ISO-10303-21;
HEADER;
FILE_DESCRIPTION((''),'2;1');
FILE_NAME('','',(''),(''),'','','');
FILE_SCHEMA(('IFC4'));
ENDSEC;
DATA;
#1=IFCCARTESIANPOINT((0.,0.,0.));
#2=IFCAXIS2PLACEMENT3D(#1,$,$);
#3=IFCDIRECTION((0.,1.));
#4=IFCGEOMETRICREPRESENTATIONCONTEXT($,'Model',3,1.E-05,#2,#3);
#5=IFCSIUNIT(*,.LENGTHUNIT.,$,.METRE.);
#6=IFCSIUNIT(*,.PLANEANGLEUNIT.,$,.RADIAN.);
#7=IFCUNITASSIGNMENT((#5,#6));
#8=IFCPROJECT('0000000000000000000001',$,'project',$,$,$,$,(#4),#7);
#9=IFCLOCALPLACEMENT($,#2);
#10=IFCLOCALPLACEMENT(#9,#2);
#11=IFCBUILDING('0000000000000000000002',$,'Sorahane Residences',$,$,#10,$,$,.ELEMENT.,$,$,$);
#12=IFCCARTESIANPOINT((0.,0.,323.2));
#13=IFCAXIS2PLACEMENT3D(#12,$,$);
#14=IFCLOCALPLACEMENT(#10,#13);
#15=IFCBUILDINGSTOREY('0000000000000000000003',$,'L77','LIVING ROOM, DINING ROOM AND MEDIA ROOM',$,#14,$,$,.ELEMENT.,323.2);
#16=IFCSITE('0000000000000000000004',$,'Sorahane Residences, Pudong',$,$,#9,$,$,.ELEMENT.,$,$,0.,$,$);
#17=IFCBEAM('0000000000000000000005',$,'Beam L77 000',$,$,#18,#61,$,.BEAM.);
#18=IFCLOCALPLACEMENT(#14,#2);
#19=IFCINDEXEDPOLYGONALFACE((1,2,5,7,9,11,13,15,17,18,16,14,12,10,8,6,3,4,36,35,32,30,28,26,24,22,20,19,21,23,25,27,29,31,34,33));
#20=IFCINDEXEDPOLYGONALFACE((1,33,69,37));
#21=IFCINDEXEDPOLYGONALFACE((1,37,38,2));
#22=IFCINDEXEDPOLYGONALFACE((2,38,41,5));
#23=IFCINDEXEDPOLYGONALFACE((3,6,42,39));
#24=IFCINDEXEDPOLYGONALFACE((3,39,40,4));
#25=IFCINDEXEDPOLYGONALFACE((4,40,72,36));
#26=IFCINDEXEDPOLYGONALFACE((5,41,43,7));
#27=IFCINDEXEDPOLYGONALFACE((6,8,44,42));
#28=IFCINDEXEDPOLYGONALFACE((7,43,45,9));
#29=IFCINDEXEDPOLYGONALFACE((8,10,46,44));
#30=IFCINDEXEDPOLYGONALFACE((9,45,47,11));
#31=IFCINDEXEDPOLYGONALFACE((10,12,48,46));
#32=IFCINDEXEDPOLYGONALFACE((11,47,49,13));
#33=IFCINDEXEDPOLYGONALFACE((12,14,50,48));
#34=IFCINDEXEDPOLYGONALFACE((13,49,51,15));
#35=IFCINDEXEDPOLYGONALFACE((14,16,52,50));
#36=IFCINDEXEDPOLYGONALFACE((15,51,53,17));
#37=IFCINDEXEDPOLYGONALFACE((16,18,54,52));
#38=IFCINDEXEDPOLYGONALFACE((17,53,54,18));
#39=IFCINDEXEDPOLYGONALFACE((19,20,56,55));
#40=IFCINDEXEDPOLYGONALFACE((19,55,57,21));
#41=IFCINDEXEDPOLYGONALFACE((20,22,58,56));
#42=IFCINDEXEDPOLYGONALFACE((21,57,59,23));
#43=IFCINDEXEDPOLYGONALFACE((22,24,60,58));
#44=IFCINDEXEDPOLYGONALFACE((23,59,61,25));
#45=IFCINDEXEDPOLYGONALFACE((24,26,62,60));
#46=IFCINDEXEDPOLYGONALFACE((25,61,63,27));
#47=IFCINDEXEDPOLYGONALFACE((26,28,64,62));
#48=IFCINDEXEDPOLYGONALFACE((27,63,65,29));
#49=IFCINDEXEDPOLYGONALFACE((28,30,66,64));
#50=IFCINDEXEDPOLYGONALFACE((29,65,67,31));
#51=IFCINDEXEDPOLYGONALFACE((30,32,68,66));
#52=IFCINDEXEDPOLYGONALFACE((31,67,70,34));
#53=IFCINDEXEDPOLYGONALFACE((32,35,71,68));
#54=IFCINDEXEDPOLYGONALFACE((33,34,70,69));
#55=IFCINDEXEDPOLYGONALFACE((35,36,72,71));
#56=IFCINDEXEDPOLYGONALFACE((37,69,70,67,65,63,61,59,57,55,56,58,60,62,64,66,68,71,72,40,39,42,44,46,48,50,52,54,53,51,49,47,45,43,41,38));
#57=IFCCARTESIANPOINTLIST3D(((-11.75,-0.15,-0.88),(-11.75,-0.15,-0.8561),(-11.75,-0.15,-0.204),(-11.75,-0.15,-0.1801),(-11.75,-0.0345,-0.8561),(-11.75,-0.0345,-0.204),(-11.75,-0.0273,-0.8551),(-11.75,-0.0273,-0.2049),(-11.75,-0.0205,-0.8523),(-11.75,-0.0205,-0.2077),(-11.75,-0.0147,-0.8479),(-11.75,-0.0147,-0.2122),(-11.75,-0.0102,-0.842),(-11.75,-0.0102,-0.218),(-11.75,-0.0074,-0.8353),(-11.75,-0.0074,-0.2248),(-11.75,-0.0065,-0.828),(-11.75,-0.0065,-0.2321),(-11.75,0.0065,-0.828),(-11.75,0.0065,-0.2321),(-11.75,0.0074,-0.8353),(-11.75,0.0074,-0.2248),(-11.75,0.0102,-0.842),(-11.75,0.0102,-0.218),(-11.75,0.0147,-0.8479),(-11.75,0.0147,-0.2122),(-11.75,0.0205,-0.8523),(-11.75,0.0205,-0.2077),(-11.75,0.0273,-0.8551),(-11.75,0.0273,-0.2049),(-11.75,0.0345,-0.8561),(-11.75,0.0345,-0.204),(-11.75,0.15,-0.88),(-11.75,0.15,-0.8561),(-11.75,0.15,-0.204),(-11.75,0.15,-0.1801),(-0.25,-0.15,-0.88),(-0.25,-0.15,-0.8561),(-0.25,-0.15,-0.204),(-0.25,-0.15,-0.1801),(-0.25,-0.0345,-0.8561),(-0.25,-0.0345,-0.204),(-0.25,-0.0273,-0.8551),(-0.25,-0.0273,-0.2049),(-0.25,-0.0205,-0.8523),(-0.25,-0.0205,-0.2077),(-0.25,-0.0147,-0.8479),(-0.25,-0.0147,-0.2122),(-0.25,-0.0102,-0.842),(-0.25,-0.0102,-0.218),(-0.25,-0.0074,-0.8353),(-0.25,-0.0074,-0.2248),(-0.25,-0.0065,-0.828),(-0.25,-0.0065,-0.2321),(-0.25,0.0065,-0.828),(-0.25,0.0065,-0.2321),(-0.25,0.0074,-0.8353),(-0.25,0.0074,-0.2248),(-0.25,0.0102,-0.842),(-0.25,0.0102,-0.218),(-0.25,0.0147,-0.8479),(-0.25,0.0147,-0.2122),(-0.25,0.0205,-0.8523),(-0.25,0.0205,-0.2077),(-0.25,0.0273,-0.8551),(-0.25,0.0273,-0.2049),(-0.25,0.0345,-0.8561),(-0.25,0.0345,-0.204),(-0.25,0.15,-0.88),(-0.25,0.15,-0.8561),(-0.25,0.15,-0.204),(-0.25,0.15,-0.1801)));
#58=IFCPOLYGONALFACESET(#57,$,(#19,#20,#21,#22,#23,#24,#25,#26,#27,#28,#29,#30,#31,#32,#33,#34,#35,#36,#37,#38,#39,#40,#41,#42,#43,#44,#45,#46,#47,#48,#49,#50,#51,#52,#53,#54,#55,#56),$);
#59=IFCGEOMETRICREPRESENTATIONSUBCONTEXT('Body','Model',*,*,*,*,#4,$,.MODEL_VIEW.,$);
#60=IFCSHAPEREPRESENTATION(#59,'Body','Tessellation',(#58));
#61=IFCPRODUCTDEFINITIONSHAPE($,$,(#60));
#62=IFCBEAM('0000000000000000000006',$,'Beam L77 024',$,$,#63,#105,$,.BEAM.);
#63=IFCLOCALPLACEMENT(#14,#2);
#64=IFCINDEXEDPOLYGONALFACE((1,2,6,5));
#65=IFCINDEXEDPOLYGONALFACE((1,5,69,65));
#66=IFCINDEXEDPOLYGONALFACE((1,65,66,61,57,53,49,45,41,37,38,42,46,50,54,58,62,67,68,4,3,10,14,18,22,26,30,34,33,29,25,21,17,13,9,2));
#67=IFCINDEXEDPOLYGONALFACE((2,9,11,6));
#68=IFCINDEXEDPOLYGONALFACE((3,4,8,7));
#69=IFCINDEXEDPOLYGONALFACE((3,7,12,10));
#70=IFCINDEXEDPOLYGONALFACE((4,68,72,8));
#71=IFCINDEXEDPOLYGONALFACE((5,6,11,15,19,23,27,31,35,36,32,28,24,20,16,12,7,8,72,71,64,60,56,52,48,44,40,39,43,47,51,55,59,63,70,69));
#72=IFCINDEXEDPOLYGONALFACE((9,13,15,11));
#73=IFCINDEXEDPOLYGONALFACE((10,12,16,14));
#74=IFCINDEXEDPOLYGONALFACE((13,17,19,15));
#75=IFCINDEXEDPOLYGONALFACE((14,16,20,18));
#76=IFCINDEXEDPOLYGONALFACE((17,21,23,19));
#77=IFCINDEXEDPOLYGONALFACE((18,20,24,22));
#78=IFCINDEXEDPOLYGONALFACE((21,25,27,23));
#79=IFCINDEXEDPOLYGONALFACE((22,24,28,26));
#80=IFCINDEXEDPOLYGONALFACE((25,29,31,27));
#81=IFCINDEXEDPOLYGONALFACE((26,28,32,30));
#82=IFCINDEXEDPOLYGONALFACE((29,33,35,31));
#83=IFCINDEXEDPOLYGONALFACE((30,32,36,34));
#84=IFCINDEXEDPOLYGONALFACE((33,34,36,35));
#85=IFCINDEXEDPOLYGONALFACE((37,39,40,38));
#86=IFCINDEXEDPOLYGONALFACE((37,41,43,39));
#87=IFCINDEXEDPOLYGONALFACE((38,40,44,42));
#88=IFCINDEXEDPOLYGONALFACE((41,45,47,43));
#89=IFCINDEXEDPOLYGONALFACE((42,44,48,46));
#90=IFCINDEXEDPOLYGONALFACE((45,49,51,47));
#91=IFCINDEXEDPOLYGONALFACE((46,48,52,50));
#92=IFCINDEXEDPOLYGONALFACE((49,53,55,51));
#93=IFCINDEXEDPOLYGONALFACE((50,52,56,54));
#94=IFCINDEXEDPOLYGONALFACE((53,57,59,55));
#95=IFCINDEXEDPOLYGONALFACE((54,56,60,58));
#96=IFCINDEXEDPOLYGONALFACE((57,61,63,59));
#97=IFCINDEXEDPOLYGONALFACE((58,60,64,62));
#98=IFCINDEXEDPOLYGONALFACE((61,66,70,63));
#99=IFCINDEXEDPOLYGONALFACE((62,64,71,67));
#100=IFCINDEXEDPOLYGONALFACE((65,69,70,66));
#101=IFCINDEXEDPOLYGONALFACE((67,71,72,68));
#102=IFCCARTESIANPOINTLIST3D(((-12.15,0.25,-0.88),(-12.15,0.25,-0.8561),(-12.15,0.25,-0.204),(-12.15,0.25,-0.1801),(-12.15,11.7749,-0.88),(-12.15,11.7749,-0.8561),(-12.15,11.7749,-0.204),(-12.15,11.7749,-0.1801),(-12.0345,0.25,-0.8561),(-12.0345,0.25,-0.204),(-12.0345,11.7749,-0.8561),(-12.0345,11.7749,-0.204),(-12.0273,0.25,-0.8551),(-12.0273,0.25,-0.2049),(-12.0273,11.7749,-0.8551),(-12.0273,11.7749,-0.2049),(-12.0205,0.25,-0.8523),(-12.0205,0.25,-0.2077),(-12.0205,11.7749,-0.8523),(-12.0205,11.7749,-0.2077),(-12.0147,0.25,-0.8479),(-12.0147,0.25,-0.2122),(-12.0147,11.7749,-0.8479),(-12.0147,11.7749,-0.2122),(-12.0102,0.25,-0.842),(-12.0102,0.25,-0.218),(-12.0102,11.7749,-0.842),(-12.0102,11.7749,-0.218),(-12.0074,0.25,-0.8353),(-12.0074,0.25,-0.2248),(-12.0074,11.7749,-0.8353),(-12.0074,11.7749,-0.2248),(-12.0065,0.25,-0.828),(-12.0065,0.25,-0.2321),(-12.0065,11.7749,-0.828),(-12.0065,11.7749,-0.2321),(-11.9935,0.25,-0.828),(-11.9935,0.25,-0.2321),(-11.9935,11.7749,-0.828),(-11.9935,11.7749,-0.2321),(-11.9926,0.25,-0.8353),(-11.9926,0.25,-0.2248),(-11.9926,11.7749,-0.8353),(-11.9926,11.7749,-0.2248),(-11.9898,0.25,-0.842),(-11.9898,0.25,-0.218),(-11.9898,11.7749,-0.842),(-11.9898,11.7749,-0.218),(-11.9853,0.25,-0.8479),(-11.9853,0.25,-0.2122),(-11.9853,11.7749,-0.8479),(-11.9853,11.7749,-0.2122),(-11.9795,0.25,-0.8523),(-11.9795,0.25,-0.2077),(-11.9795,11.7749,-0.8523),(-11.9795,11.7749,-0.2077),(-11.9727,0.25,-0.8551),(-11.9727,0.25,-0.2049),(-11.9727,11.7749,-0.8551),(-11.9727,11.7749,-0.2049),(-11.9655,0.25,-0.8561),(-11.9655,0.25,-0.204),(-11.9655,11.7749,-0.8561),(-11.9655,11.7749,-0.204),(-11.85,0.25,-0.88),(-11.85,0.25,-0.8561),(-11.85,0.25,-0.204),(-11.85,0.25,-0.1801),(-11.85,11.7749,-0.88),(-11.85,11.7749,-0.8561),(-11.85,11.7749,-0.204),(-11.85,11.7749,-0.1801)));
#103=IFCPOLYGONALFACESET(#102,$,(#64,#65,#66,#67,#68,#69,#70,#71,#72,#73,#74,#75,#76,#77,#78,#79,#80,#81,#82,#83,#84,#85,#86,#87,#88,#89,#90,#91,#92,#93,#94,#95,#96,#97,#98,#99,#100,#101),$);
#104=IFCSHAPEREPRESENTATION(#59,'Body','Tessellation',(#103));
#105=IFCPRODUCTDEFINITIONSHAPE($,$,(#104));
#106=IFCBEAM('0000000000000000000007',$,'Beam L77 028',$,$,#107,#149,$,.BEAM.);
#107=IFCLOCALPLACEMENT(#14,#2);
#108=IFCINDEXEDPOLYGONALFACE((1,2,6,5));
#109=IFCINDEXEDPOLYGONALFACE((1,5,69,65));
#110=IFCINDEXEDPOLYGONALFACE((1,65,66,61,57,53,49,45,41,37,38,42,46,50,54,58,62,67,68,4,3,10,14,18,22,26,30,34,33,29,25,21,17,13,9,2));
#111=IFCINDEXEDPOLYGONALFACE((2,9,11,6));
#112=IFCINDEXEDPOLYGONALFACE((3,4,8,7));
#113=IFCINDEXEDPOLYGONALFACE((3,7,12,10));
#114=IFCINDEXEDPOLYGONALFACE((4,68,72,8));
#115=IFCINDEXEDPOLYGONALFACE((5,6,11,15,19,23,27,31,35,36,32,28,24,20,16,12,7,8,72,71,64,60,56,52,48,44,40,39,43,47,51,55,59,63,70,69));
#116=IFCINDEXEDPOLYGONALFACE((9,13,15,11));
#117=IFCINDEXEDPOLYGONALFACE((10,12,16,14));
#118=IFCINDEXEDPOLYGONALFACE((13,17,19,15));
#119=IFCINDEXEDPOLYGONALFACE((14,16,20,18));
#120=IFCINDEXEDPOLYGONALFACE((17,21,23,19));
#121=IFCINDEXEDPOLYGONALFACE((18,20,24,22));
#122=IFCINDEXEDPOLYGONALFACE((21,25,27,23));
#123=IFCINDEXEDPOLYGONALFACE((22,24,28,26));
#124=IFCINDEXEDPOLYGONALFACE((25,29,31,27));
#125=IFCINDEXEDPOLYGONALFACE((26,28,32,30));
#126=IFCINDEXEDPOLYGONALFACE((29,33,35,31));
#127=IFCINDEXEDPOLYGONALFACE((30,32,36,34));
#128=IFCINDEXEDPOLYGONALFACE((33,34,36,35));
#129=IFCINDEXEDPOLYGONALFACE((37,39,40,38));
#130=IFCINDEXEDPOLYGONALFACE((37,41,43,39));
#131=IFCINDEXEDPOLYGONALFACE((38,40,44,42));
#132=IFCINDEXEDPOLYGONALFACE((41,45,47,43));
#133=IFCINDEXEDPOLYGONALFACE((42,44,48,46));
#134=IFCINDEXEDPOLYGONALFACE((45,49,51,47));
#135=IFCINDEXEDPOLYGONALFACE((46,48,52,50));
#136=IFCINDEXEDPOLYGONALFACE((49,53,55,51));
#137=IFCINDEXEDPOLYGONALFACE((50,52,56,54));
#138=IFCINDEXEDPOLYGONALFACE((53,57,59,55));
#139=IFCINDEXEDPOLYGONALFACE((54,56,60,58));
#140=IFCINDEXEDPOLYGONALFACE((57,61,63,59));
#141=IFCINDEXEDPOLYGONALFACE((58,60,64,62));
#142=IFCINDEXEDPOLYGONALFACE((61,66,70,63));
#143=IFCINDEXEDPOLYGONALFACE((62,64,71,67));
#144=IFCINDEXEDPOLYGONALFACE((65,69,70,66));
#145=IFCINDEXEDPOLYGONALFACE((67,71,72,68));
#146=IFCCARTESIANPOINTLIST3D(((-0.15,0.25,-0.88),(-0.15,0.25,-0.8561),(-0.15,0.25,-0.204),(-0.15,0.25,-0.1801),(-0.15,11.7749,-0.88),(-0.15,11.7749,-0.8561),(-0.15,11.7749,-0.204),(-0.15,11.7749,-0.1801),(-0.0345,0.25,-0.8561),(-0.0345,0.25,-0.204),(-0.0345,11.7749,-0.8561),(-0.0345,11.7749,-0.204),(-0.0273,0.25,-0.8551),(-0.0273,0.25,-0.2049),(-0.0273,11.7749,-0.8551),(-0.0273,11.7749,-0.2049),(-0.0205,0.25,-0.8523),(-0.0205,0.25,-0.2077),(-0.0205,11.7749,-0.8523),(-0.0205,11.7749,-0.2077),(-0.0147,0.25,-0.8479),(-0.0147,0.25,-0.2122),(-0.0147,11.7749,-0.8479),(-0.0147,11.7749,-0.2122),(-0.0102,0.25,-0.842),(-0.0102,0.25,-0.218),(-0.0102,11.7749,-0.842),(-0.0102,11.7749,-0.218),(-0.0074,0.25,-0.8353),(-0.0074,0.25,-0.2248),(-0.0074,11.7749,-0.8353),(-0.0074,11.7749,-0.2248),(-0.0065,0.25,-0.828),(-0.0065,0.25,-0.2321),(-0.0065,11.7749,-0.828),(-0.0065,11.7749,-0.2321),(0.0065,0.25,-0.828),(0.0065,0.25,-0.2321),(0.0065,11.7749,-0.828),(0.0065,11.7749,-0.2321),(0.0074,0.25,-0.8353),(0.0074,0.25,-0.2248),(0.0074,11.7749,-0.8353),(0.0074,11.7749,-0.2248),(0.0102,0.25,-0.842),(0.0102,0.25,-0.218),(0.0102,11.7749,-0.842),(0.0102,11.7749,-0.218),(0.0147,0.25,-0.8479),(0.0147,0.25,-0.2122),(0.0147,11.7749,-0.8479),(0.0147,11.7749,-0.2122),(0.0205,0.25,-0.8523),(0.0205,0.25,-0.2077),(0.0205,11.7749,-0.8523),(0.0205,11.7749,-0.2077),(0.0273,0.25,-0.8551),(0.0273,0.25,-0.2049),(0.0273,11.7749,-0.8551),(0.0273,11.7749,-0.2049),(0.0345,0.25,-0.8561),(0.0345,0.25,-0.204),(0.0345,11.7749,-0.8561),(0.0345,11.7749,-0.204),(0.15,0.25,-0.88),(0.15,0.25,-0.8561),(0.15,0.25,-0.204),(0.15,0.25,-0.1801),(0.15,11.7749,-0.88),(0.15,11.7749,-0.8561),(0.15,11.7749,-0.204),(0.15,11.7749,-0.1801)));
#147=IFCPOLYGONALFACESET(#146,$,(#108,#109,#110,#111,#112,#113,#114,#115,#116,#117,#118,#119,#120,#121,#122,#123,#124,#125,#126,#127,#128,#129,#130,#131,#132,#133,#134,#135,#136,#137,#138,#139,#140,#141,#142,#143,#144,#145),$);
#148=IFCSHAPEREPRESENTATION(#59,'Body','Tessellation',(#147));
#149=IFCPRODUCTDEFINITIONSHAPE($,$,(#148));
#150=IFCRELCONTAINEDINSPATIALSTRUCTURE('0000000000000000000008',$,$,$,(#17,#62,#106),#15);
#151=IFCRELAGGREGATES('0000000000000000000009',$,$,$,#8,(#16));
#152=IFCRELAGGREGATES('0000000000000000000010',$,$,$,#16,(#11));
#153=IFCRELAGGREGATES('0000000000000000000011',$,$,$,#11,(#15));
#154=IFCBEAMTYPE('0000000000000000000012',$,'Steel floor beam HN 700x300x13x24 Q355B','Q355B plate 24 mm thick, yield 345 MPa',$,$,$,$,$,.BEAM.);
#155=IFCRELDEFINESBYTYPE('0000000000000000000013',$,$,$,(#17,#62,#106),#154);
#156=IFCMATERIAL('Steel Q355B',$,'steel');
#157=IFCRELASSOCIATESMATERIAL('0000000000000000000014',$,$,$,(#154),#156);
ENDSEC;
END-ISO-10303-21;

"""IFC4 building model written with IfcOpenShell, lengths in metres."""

from ifc_helpers import new_model, si_unit, direction, frame, origin, origin_2d, place, context, subcontext, project, spatial, i_section, extrude, material, material_profile, profile_set, type_object, element, save


model = new_model("IFC4")

# Units and contexts
model_context = context("Model", 3, precision=1e-05, world=origin(), true_north=direction((0.0, 1.0)))
body_context = subcontext(model_context, "Body", "Model", "MODEL_VIEW")
ifc_project = project(units=[si_unit("LENGTHUNIT", "METRE"), si_unit("PLANEANGLEUNIT", "RADIAN")], contexts=[model_context])

# Site, building, storey
site_placement = place(None, origin())
site = spatial("IfcSite", under=ifc_project, at=site_placement, Name="Sorahane Residences, Pudong", CompositionType="ELEMENT", RefElevation=0.0)
building_placement = place(site_placement, origin())
building = spatial("IfcBuilding", under=site, at=building_placement, Name="Sorahane Residences", CompositionType="ELEMENT")
storey_placement = place(building_placement, frame((0.0, 0.0, 323.2)))
storey = spatial("IfcBuildingStorey", under=building, at=storey_placement, Name="L77", Description="LIVING ROOM, DINING ROOM AND MEDIA ROOM", CompositionType="ELEMENT", Elevation=323.2)

# Beams
ifc_material_1 = material(Name="Steel Q355B", Category="steel")
ifc_material_profile_1 = material_profile(ifc_material_1, i_section(OverallWidth=0.3, OverallDepth=0.7, WebThickness=0.0129, FlangeThickness=0.0239, FilletRadius=0.0281, at=origin_2d()), Name="HN 700x300x13x24")
ifc_profile_set_1 = profile_set([ifc_material_profile_1], Name="Steel Q355B")
beam_type = type_object("IfcBeamType", Name="Steel floor beam HN 700x300x13x24 Q355B", Description="Q355B plate 24 mm thick, yield 345 MPa", PredefinedType="BEAM", material=ifc_profile_set_1)
beam_placement = place(storey_placement, frame((-11.75, 0.0, -0.53), z_axis=(1.0, 0.0, 0.0), x_axis=(0.0, 1.0, 0.0)))
element("IfcBeam", 1, at=beam_placement, inside=storey, type_object=beam_type, Name="Beam L77 000", PredefinedType="BEAM", context=body_context, shape_type="SweptSolid", body=[
    extrude(i_section(OverallWidth=0.3, OverallDepth=0.7, WebThickness=0.0129, FlangeThickness=0.0239, FilletRadius=0.0281, at=origin_2d()), origin(), (0.0, 0.0, 1.0), 11.5),
])
for number, where, z_axis, x_axis, name in (
    (2, (-12.0, 0.25, -0.53), (0.0, 1.0, 0.0), (-1.0, 0.0, 0.0), "Beam L77 024"),
    (3, (0.0, 0.25, -0.53), (0.0, 1.0, 0.0), (-1.0, 0.0, 0.0), "Beam L77 028"),
):
    element("IfcBeam", number, at=place(storey_placement, frame(where, z_axis=z_axis, x_axis=x_axis)), inside=storey, type_object=beam_type, Name=name, PredefinedType="BEAM", context=body_context, shape_type="SweptSolid", body=[
        extrude(i_section(OverallWidth=0.3, OverallDepth=0.7, WebThickness=0.0129, FlangeThickness=0.0239, FilletRadius=0.0281, at=origin_2d()), origin(), (0.0, 0.0, 1.0), 11.5249),
    ])

save(model, "model.ifc")
